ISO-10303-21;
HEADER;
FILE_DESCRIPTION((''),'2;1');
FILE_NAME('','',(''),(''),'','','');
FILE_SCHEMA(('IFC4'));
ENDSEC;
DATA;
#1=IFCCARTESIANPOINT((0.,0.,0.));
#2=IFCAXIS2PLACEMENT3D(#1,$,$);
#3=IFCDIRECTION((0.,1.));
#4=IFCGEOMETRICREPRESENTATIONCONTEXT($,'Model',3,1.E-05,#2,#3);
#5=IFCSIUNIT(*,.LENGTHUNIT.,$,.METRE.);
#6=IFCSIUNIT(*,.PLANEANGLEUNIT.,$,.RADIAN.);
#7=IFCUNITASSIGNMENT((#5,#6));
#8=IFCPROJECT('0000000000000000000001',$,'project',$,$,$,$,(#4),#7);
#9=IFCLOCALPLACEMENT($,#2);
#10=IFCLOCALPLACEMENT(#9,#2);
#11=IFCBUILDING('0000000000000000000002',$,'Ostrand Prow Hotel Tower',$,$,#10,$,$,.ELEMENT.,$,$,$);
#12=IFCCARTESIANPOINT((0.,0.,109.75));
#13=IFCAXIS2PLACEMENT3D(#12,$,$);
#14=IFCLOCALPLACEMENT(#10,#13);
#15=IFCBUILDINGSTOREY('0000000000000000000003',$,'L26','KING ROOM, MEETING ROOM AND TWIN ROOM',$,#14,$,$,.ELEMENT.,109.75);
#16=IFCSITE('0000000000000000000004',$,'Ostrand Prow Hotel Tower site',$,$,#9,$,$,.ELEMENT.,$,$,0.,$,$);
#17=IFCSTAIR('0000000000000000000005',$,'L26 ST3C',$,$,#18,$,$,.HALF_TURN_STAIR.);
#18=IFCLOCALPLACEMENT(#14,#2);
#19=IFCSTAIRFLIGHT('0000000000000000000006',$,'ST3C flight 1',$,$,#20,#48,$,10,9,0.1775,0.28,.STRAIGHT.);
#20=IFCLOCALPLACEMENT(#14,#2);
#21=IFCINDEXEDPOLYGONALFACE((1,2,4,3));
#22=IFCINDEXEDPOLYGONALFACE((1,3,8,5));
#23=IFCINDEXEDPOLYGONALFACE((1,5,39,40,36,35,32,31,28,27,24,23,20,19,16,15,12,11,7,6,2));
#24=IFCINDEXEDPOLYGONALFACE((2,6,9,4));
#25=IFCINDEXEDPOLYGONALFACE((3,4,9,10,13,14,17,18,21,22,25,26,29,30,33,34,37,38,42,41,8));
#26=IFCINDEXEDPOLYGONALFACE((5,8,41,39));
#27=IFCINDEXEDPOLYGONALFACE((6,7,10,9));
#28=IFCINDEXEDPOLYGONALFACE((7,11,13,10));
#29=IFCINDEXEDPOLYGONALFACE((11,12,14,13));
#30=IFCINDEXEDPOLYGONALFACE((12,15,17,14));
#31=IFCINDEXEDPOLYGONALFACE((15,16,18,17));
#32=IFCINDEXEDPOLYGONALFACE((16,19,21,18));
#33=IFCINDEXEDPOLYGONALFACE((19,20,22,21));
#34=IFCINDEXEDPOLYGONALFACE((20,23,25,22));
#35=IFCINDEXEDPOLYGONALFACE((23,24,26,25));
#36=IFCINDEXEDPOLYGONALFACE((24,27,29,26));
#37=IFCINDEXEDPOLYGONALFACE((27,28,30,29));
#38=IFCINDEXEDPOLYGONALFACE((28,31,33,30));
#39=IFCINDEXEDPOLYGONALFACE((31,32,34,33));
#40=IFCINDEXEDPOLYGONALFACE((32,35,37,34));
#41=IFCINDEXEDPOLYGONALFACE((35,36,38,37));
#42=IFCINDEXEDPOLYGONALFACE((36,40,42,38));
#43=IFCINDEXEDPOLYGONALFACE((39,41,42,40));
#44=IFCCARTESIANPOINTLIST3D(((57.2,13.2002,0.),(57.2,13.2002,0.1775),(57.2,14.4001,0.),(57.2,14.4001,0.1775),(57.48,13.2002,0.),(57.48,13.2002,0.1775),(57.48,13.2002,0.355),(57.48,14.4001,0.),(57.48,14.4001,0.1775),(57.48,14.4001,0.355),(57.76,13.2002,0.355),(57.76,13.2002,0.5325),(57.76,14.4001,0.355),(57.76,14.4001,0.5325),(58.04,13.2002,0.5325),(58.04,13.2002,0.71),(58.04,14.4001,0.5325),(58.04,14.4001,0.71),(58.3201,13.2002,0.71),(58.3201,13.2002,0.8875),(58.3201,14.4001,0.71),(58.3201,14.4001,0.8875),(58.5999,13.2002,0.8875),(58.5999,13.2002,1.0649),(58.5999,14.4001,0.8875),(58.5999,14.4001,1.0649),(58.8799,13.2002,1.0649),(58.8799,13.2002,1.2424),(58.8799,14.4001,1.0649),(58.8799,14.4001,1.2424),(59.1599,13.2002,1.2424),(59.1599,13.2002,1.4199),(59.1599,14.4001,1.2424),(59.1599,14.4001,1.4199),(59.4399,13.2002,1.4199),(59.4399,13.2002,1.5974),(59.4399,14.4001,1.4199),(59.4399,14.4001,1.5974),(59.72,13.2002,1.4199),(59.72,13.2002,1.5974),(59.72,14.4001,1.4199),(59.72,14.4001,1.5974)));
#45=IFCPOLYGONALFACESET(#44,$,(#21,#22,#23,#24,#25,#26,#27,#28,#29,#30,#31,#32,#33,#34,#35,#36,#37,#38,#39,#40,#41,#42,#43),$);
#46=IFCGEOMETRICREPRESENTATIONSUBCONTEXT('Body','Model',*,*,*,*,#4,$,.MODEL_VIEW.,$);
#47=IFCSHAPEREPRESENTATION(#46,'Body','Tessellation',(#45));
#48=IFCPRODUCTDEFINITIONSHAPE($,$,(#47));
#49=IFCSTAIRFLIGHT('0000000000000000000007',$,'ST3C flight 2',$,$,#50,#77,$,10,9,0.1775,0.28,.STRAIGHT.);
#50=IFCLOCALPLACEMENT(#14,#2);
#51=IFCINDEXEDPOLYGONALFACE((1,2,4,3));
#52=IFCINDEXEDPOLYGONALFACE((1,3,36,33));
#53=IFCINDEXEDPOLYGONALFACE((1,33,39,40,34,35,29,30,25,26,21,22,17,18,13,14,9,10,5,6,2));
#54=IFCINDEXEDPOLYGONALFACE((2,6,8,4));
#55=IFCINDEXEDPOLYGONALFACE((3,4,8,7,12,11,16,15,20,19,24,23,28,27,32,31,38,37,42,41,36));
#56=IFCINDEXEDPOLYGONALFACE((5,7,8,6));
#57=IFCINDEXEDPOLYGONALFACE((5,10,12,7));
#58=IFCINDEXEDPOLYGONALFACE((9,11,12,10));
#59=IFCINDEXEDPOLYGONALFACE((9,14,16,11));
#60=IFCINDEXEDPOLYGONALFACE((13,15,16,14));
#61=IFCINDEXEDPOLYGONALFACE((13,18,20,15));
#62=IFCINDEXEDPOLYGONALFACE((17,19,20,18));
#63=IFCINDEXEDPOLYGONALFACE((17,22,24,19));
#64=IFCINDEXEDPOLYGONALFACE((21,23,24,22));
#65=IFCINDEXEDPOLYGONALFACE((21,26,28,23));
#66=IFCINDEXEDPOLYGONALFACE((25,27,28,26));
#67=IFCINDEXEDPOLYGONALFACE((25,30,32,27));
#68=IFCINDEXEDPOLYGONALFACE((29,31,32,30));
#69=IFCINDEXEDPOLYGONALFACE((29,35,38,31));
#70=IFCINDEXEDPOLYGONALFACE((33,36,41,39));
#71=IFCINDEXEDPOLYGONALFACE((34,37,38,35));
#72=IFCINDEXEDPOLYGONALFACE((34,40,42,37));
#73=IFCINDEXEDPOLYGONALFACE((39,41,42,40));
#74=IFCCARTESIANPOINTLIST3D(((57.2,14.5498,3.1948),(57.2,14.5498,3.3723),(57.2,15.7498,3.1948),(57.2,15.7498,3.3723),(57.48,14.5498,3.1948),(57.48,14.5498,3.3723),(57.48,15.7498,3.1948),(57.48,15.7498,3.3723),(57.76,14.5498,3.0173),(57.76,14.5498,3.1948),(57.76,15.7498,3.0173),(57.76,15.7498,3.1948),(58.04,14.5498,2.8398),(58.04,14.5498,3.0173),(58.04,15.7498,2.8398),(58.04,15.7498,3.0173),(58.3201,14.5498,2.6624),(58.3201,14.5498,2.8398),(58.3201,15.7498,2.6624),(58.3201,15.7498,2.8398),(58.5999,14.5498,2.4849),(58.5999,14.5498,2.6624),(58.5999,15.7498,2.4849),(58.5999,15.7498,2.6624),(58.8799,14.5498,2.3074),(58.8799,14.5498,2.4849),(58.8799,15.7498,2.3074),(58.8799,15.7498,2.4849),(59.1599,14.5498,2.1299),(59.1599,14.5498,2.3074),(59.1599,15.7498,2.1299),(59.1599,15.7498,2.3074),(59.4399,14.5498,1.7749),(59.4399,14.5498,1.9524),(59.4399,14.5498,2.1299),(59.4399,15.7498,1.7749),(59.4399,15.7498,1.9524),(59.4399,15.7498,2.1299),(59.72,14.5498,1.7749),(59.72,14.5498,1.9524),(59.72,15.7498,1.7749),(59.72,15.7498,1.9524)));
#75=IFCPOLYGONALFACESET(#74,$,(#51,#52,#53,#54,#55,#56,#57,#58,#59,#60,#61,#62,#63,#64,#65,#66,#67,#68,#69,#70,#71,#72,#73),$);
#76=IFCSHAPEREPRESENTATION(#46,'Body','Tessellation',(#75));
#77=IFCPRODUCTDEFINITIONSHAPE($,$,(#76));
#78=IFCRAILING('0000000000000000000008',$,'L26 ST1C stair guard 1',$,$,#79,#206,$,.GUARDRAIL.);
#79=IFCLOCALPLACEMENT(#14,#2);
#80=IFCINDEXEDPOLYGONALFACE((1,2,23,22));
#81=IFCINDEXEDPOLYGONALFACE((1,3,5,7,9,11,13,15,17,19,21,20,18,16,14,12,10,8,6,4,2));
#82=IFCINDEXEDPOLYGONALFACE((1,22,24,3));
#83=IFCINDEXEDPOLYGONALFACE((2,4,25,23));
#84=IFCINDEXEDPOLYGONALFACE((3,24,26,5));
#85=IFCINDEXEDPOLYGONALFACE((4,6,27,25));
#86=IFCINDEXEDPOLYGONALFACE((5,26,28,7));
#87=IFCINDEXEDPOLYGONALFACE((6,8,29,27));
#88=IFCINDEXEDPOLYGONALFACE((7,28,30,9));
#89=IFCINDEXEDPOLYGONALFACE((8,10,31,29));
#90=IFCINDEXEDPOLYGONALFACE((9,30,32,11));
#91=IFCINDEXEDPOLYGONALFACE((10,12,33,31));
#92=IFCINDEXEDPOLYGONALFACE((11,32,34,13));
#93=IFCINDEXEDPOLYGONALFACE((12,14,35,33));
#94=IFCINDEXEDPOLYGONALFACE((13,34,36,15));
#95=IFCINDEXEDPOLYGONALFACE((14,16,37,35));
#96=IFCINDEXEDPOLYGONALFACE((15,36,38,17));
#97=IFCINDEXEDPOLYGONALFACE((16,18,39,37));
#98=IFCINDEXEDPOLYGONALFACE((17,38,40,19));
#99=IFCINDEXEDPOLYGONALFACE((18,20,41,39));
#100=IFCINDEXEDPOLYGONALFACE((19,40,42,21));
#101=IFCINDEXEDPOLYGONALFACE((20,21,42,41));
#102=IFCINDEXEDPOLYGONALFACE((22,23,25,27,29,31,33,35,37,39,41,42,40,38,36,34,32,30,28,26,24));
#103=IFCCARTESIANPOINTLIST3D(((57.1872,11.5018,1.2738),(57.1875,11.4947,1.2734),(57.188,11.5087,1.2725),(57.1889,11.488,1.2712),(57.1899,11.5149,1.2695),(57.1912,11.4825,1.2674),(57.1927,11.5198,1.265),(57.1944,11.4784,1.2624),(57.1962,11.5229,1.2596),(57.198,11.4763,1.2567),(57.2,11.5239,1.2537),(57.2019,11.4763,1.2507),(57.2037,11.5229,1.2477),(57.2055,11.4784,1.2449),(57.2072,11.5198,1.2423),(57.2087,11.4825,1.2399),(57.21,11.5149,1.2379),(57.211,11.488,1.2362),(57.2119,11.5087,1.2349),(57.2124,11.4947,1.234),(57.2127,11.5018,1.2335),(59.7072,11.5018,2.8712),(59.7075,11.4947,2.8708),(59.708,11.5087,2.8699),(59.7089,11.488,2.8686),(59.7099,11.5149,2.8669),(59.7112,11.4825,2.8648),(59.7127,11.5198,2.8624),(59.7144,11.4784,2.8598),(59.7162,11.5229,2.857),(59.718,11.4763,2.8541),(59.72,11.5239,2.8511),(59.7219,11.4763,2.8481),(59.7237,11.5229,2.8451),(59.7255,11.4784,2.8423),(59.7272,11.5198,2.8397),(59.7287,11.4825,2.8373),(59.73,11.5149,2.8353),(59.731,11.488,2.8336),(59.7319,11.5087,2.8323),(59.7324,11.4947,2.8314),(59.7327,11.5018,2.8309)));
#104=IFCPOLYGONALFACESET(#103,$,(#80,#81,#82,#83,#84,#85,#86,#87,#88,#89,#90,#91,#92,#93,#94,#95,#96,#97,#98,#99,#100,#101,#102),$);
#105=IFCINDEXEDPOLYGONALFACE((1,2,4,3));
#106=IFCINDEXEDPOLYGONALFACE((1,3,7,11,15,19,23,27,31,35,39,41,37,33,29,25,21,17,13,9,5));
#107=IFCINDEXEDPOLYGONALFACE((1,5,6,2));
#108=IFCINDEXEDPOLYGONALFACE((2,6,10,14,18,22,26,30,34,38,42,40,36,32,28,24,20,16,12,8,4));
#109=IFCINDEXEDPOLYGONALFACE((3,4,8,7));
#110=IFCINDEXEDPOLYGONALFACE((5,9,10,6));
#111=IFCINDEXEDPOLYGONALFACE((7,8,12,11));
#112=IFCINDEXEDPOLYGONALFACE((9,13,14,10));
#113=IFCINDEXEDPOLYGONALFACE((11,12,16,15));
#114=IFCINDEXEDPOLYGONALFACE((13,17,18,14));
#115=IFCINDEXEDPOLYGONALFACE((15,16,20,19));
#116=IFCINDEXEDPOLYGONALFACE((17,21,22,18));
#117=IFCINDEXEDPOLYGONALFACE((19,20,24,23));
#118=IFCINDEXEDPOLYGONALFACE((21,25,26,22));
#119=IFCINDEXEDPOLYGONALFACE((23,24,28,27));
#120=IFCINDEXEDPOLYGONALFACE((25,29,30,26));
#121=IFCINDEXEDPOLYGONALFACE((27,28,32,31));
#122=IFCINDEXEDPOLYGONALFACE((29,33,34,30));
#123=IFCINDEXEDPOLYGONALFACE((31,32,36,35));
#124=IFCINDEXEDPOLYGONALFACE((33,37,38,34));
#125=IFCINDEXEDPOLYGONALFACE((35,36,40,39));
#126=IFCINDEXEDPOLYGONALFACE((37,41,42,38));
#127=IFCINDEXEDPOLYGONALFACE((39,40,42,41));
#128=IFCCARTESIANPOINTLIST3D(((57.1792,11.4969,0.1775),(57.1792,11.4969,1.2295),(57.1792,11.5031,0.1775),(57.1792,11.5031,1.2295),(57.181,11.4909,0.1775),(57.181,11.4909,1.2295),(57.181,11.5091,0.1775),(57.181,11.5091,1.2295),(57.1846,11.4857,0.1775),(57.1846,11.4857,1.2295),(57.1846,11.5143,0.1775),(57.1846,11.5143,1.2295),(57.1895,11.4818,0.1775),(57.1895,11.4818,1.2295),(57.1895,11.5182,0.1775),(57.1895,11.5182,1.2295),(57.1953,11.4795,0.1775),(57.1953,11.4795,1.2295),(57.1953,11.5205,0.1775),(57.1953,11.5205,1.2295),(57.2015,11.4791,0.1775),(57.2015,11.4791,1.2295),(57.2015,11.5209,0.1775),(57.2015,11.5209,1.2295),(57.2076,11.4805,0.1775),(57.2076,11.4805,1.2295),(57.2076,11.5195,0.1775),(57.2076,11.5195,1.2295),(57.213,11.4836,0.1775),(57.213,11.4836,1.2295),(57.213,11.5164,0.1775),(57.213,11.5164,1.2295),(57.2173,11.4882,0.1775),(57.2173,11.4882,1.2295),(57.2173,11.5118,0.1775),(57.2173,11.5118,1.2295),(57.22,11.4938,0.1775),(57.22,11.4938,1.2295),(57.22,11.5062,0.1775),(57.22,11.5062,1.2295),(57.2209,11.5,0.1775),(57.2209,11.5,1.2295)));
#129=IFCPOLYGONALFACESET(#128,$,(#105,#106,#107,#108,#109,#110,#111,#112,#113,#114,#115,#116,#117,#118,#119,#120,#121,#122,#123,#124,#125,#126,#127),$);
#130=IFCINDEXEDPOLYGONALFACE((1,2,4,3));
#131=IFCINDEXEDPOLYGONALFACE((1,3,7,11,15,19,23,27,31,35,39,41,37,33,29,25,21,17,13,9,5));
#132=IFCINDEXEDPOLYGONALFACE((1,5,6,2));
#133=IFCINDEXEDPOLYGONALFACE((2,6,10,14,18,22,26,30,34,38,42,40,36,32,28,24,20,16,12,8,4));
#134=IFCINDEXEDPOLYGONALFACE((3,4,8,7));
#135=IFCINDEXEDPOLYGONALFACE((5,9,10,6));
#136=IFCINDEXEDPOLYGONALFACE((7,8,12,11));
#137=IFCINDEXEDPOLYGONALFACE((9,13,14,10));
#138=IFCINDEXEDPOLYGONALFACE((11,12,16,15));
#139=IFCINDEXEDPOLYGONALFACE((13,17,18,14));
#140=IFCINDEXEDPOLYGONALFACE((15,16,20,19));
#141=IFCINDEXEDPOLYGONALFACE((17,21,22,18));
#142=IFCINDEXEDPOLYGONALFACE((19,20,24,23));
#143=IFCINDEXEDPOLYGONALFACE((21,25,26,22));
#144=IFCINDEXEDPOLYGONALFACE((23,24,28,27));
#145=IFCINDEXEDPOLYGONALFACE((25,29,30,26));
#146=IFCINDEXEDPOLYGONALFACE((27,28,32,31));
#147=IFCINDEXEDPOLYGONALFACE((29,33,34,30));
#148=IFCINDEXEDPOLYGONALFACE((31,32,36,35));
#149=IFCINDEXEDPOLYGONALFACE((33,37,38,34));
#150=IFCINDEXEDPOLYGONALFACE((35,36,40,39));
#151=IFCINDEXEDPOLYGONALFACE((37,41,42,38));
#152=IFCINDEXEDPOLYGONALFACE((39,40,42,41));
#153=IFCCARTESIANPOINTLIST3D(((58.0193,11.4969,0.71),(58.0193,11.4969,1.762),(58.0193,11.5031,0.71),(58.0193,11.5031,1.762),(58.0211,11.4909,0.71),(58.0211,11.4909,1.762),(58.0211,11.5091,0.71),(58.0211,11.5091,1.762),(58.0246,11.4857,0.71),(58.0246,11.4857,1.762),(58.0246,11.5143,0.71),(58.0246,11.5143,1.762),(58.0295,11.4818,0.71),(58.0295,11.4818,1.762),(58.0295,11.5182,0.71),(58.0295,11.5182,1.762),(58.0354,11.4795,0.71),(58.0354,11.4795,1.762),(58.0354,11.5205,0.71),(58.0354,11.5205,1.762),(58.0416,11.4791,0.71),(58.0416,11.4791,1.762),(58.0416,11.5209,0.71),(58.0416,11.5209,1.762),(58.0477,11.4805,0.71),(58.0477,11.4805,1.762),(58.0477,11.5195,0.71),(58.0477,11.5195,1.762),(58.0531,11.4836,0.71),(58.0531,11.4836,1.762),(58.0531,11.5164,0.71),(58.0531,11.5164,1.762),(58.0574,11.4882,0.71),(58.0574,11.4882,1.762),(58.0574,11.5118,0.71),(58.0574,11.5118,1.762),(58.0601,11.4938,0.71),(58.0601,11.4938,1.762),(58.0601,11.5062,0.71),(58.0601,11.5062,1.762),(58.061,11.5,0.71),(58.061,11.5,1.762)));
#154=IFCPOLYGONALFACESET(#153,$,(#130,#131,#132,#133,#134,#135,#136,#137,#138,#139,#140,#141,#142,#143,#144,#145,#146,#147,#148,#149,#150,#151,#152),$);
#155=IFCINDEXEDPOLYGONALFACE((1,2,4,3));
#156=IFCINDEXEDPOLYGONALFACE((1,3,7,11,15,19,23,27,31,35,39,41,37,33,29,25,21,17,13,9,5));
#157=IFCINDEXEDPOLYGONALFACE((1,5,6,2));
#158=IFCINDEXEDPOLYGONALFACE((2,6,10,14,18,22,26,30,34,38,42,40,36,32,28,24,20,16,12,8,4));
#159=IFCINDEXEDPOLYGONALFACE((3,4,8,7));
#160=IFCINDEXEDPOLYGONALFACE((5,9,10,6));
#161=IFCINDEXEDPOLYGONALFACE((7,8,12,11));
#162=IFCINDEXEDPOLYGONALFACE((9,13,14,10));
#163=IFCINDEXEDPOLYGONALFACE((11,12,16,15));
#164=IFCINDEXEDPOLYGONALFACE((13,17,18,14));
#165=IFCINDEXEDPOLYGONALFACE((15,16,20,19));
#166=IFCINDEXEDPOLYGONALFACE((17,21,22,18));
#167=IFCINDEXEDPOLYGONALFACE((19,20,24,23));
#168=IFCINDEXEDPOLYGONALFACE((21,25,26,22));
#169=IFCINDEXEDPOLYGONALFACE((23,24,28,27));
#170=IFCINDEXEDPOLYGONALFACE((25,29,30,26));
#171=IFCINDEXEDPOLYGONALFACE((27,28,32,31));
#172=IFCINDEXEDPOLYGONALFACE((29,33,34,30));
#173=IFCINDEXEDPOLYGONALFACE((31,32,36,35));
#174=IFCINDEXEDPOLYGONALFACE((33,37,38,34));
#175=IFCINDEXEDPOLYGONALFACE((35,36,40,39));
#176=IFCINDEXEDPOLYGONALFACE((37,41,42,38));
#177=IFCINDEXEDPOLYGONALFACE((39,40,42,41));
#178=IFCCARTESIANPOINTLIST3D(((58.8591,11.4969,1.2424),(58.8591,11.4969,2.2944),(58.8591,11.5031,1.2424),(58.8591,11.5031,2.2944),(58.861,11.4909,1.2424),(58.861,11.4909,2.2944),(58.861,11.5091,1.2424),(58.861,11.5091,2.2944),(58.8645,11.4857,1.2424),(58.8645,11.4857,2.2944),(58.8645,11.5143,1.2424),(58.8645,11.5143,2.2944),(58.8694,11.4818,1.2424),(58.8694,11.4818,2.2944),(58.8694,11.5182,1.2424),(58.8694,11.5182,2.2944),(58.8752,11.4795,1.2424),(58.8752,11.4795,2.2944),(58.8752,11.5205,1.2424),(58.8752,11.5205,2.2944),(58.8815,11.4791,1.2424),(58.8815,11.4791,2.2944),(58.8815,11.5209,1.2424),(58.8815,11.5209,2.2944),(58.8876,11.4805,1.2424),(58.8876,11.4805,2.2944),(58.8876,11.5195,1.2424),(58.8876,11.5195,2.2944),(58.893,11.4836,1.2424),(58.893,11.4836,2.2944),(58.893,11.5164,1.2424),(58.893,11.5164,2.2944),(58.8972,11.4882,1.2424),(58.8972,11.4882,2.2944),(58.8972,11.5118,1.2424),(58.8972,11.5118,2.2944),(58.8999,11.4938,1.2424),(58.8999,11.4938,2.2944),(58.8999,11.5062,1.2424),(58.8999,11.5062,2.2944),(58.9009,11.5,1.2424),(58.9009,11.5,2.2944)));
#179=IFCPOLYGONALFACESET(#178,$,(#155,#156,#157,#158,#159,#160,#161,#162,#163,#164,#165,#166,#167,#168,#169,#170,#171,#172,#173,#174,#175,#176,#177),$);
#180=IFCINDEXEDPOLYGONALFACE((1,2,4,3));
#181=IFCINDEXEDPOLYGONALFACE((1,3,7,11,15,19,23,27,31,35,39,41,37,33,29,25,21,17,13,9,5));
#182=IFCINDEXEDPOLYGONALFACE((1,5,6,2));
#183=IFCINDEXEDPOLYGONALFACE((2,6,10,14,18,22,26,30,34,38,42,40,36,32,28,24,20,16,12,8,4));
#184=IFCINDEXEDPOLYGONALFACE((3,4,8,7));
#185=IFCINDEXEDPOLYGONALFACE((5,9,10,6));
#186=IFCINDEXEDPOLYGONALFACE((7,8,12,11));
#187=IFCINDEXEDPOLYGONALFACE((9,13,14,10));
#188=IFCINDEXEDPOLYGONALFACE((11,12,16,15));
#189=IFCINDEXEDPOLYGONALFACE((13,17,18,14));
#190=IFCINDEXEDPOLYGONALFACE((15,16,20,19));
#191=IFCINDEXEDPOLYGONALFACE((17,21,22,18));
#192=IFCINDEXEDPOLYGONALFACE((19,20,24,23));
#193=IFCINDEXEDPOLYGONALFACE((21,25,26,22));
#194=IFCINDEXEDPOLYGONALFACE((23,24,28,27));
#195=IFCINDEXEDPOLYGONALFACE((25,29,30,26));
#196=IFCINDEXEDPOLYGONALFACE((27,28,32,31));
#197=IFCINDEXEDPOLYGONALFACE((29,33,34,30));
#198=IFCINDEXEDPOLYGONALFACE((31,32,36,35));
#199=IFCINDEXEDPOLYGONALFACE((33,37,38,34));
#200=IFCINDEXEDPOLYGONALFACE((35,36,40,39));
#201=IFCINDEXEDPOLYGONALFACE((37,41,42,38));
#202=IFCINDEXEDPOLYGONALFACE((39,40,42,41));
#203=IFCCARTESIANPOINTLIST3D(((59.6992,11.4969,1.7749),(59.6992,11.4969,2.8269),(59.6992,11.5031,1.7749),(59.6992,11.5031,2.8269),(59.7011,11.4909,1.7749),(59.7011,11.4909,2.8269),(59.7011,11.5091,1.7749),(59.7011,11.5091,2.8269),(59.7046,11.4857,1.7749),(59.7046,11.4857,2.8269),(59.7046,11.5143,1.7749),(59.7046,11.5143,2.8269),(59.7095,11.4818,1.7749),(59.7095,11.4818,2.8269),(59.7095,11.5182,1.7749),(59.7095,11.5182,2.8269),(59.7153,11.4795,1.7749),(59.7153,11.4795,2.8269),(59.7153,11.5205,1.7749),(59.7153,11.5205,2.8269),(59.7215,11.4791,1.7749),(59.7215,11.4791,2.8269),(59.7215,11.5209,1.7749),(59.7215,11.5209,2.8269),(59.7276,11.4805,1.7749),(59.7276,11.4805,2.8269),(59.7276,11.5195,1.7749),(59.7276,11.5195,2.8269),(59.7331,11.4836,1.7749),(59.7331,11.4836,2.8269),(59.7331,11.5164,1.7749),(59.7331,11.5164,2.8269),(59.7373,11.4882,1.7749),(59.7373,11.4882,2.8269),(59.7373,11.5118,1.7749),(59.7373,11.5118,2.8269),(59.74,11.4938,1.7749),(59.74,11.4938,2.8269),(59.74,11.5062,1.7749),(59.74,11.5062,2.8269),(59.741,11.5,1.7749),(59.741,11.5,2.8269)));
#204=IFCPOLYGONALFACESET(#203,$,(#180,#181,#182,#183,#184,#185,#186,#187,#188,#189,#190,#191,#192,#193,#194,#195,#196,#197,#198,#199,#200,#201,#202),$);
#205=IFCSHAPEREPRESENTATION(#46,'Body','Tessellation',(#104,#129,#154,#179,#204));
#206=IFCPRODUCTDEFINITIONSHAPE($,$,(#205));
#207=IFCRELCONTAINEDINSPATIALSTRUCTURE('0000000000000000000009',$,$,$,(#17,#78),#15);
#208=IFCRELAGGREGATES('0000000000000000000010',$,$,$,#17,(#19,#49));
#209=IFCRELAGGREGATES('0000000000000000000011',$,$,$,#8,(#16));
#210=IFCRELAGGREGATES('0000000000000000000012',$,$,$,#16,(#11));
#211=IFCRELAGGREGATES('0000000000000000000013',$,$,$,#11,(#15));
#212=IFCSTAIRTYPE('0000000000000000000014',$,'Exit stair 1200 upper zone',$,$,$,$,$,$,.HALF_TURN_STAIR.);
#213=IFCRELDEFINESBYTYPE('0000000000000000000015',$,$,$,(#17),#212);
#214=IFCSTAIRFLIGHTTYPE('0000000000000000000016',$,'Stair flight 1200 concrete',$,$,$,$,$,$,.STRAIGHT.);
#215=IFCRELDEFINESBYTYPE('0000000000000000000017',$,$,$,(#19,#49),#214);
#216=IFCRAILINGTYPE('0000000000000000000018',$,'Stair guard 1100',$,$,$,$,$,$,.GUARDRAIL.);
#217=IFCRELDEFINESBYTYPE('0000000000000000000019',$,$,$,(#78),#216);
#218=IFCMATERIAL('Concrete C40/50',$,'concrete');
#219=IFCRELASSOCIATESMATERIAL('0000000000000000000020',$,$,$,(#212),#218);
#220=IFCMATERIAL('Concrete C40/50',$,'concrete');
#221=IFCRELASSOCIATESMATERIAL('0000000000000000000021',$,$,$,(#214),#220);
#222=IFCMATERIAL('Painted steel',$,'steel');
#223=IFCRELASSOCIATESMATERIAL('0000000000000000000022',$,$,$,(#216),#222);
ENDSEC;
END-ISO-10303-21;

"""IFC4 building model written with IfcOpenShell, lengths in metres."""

from ifc_helpers import new_model, si_unit, direction, frame, origin, origin_2d, place, context, subcontext, project, spatial, polyline, circle, outline, extrude, material, type_object, element, aggregate, save


model = new_model("IFC4")

# Units and contexts
model_context = context("Model", 3, precision=1e-05, world=origin(), true_north=direction((0.0, 1.0)))
body_context = subcontext(model_context, "Body", "Model", "MODEL_VIEW")
ifc_project = project(units=[si_unit("LENGTHUNIT", "METRE"), si_unit("PLANEANGLEUNIT", "RADIAN")], contexts=[model_context])

# Site, building, storey
site_placement = place(None, origin())
site = spatial("IfcSite", under=ifc_project, at=site_placement, Name="Ostrand Prow Hotel Tower site", CompositionType="ELEMENT", RefElevation=0.0)
building_placement = place(site_placement, origin())
building = spatial("IfcBuilding", under=site, at=building_placement, Name="Ostrand Prow Hotel Tower", CompositionType="ELEMENT")
storey_placement = place(building_placement, frame((0.0, 0.0, 109.75)))
storey = spatial("IfcBuildingStorey", under=building, at=storey_placement, Name="L26", Description="KING ROOM, MEETING ROOM AND TWIN ROOM", CompositionType="ELEMENT", Elevation=109.75)

# Stair, stair flights
ifc_material_1 = material(Name="Concrete C40/50", Category="concrete")
stair_type = type_object("IfcStairType", Name="Exit stair 1200 upper zone", PredefinedType="HALF_TURN_STAIR", material=ifc_material_1)
ifc_material_2 = material(Name="Concrete C40/50", Category="concrete")
stair_flight_type = type_object("IfcStairFlightType", Name="Stair flight 1200 concrete", PredefinedType="STRAIGHT", material=ifc_material_2)
stair_1_placement = place(storey_placement, origin())
stair_1 = element("IfcStair", 1, at=stair_1_placement, inside=storey, type_object=stair_type, Name="L26 ST3C", PredefinedType="HALF_TURN_STAIR")
stair_flight_1_placement = place(storey_placement, frame((57.2, 13.8, 0.0), z_axis=(0.0, 0.0, 1.0), x_axis=(1.0, 0.0, 0.0)))
stair_flight_1 = element("IfcStairFlight", 2, at=stair_flight_1_placement, type_object=stair_flight_type, Name="ST3C flight 1", NumberOfRisers=10, NumberOfTreads=9, PredefinedType="STRAIGHT", RiserHeight=0.1775, TreadLength=0.28, context=body_context, shape_type="SweptSolid", body=[
    extrude(outline(polyline([(0.0, 0.0), (0.0, 0.1775), (0.28, 0.1775), (0.28, 0.355), (0.5601, 0.355), (0.5601, 0.5325), (0.8401, 0.5325), (0.8401, 0.71), (1.1201, 0.71), (1.1201, 0.8875), (1.3999, 0.8875), (1.3999, 1.0649), (1.6799, 1.0649), (1.6799, 1.2424), (1.96, 1.2424), (1.96, 1.4199), (2.24, 1.4199), (2.24, 1.5974), (2.52, 1.5974), (2.52, 1.7749), (2.52, 1.4199), (0.28, 0.0), (0.0, 0.0)])), frame((0.0, 0.6001, 0.0), z_axis=(0.0, -1.0, 0.0), x_axis=(1.0, 0.0, 0.0)), (0.0, 0.0, 1.0), 1.2),
])
stair_flight_2_placement = place(storey_placement, frame((59.72, 15.1499, 1.7749), z_axis=(0.0, 0.0, 1.0), x_axis=(-1.0, 0.0, 0.0)))
stair_flight_2 = element("IfcStairFlight", 3, at=stair_flight_2_placement, type_object=stair_flight_type, Name="ST3C flight 2", NumberOfRisers=10, NumberOfTreads=9, PredefinedType="STRAIGHT", RiserHeight=0.1775, TreadLength=0.28, context=body_context, shape_type="SweptSolid", body=[
    extrude(outline(polyline([(0.0, 0.0), (0.0, 0.1775), (0.28, 0.1775), (0.28, 0.355), (0.5601, 0.355), (0.5601, 0.5325), (0.8401, 0.5325), (0.8401, 0.71), (1.1201, 0.71), (1.1201, 0.8875), (1.3999, 0.8875), (1.3999, 1.0649), (1.6799, 1.0649), (1.6799, 1.2424), (1.96, 1.2424), (1.96, 1.4199), (2.24, 1.4199), (2.24, 1.5974), (2.52, 1.5974), (2.52, 1.7749), (2.52, 1.4199), (0.28, 0.0), (0.0, 0.0)])), frame((0.0, 0.6001, 0.0), z_axis=(0.0, -1.0, 0.0), x_axis=(1.0, 0.0, 0.0)), (0.0, 0.0, 1.0), 1.2),
])
aggregate(stair_1, [stair_flight_1, stair_flight_2])

# Railing
ifc_material_3 = material(Name="Painted steel", Category="steel")
railing_type_1 = type_object("IfcRailingType", Name="Stair guard 1100", PredefinedType="GUARDRAIL", material=ifc_material_3)
railing_1_placement = place(storey_placement, frame((57.2, 11.5, 0.1775)))
element("IfcRailing", 4, at=railing_1_placement, inside=storey, type_object=railing_type_1, Name="L26 ST1C stair guard 1", PredefinedType="GUARDRAIL", context=body_context, shape_type="SweptSolid", body=[
    extrude(circle(Radius=0.0239, at=origin_2d()), frame((0.0, 0.0, 1.0762), z_axis=(0.844607, 0.0, 0.535387), x_axis=(0.0, 1.0, 0.0)), (0.0, 0.0, 1.0), 2.9836),
    extrude(circle(Radius=0.021, at=origin_2d()), origin(), (0.0, 0.0, 1.0), 1.052),
    extrude(circle(Radius=0.021, at=origin_2d()), frame((0.8401, 0.0, 0.5325)), (0.0, 0.0, 1.0), 1.052),
    extrude(circle(Radius=0.021, at=origin_2d()), frame((1.6799, 0.0, 1.0649)), (0.0, 0.0, 1.0), 1.052),
    extrude(circle(Radius=0.021, at=origin_2d()), frame((2.52, 0.0, 1.5974)), (0.0, 0.0, 1.0), 1.052),
])

save(model, "model.ifc")
